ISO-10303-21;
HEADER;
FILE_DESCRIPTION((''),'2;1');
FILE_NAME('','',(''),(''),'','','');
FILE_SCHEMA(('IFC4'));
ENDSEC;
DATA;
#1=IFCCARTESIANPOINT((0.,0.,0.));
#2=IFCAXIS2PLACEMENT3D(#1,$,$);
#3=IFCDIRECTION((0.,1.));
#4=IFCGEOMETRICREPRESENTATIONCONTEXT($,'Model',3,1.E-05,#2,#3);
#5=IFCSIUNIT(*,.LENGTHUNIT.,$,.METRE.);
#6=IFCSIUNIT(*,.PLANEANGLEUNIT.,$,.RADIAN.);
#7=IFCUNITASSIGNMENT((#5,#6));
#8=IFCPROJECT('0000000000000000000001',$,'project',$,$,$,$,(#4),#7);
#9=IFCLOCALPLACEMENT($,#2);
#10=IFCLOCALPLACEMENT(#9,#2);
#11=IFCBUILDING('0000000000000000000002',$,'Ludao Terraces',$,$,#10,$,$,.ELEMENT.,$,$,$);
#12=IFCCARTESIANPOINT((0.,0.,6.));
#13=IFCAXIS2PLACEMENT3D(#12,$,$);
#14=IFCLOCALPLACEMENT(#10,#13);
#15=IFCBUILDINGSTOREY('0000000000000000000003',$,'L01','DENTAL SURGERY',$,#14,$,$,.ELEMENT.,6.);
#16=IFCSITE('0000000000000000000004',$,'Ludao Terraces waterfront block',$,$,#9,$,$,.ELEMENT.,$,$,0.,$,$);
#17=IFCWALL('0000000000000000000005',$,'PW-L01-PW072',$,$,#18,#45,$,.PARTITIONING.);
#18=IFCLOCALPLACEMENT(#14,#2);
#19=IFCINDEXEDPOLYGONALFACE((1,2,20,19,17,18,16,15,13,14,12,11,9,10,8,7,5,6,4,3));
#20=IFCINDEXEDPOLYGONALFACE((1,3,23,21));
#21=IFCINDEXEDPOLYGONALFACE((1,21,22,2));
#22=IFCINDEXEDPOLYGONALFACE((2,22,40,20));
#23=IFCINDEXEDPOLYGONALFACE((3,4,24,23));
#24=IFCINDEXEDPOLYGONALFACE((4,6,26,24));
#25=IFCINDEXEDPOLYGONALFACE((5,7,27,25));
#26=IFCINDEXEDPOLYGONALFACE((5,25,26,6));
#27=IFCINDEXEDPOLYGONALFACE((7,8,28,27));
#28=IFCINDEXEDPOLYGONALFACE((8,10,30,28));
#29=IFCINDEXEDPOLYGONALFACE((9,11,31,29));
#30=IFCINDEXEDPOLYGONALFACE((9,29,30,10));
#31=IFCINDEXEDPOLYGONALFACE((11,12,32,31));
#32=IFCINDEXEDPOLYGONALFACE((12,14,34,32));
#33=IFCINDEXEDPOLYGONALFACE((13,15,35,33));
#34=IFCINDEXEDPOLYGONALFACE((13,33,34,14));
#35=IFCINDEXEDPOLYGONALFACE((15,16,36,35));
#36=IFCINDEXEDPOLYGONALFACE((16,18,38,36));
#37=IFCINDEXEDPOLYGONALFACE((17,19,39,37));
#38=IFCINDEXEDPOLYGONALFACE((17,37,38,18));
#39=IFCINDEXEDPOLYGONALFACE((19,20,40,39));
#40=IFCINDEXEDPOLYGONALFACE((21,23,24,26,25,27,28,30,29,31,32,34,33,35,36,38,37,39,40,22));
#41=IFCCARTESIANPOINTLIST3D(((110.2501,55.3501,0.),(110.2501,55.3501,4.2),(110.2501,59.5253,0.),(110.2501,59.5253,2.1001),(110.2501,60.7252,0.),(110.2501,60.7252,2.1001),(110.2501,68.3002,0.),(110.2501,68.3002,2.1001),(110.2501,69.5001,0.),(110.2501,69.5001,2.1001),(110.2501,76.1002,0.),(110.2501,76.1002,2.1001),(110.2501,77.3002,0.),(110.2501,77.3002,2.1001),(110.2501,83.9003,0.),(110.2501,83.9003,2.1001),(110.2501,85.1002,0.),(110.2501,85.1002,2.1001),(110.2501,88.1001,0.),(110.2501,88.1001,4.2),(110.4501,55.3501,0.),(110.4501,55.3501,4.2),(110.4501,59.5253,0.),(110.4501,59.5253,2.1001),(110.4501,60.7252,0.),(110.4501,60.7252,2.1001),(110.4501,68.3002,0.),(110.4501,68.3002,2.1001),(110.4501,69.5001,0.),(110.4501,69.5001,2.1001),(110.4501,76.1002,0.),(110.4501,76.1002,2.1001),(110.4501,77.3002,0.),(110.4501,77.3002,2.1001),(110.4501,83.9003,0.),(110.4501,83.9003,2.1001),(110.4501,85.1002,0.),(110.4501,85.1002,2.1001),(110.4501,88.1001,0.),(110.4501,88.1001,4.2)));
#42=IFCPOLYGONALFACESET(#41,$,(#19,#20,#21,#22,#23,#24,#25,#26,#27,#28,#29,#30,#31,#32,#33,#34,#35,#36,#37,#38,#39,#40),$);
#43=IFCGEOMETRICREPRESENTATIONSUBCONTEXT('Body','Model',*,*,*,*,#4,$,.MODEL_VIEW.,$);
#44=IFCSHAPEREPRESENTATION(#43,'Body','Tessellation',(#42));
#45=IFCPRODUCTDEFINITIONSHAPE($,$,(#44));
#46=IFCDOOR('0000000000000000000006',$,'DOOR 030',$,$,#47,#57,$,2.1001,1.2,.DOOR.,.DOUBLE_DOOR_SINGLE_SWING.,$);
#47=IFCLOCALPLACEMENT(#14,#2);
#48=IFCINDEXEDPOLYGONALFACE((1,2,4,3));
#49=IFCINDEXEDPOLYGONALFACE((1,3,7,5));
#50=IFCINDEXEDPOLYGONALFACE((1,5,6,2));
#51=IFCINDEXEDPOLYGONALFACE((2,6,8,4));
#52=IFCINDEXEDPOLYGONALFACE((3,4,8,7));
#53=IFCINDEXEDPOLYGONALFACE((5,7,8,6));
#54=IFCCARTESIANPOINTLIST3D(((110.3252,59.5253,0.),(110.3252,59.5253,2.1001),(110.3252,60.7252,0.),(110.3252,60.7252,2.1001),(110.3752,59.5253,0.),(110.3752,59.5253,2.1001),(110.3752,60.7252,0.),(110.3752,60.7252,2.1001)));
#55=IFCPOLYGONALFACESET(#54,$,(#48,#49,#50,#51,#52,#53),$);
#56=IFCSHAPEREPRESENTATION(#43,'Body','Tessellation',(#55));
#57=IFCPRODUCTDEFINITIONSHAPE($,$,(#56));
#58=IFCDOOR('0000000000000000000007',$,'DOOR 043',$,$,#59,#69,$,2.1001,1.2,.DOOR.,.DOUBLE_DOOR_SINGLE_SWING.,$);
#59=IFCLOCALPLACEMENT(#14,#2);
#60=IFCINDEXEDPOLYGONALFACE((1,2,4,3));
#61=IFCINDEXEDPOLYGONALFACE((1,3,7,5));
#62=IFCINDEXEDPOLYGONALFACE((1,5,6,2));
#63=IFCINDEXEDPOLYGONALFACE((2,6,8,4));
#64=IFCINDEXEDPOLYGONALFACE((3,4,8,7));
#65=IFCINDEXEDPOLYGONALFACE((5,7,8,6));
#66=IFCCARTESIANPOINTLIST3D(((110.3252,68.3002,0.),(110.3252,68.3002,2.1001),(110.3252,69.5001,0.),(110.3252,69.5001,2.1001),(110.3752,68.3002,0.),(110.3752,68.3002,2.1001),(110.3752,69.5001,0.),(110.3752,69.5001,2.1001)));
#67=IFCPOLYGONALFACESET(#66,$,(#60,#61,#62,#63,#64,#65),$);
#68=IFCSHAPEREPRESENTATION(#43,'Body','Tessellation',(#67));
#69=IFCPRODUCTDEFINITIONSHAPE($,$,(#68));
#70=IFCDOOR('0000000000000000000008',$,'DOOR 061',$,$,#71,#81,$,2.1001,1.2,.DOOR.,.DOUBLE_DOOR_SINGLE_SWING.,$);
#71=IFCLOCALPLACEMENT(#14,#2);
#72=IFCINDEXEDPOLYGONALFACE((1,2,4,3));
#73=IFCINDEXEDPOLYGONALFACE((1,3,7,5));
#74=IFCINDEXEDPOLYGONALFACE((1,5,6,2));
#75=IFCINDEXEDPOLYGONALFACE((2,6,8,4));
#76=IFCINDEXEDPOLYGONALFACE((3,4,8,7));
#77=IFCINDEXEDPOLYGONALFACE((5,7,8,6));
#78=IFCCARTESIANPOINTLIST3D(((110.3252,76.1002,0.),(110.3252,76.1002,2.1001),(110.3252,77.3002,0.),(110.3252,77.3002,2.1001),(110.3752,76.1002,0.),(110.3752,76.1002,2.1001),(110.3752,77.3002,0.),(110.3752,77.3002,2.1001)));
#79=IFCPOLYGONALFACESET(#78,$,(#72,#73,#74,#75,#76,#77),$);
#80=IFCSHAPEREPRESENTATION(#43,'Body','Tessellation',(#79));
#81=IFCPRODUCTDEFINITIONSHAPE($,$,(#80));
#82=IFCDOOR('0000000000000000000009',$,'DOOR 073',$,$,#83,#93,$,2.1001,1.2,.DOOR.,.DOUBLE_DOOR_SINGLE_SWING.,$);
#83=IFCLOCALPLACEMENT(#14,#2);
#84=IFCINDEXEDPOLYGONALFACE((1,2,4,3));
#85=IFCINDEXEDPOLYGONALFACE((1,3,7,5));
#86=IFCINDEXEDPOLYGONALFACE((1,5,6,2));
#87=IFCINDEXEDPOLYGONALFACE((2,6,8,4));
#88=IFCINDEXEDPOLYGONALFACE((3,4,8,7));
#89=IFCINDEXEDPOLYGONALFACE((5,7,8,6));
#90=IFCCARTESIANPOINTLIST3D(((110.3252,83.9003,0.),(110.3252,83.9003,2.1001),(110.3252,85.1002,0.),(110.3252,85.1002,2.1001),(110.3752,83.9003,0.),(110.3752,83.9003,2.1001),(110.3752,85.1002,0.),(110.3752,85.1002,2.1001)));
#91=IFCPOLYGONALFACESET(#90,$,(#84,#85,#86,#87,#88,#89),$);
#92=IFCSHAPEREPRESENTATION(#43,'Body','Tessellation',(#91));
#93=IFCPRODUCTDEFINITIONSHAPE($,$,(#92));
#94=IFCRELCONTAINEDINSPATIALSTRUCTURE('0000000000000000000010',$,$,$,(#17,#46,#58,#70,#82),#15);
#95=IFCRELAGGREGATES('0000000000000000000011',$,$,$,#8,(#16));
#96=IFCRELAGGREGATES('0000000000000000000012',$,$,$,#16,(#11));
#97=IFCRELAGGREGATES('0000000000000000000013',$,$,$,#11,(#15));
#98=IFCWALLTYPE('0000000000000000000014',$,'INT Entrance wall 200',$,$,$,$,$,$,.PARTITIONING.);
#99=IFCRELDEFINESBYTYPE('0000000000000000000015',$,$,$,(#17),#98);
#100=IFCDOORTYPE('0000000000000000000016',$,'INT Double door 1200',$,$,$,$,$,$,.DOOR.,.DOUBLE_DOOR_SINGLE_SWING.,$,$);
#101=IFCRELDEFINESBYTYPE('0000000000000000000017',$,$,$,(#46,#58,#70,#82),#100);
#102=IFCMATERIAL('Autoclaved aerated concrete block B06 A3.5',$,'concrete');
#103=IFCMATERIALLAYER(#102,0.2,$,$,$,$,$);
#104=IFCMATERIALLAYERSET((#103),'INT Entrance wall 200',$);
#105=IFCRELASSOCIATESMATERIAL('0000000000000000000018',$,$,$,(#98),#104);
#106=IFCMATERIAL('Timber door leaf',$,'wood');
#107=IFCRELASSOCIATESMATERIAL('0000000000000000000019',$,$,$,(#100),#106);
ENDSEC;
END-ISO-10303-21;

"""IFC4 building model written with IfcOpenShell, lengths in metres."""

from ifc_helpers import new_model, si_unit, direction, frame, frame_2d, origin, place, context, subcontext, project, spatial, rectangle, extrude, material, layer, layer_set, type_object, element, fill, save


model = new_model("IFC4")

# Units and contexts
model_context = context("Model", 3, precision=1e-05, world=origin(), true_north=direction((0.0, 1.0)))
body_context = subcontext(model_context, "Body", "Model", "MODEL_VIEW")
ifc_project = project(units=[si_unit("LENGTHUNIT", "METRE"), si_unit("PLANEANGLEUNIT", "RADIAN")], contexts=[model_context])

# Site, building, storey
site_placement = place(None, origin())
site = spatial("IfcSite", under=ifc_project, at=site_placement, Name="Ludao Terraces waterfront block", CompositionType="ELEMENT", RefElevation=0.0)
building_placement = place(site_placement, origin())
building = spatial("IfcBuilding", under=site, at=building_placement, Name="Ludao Terraces", CompositionType="ELEMENT")
storey_placement = place(building_placement, frame((0.0, 0.0, 6.0)))
storey = spatial("IfcBuildingStorey", under=building, at=storey_placement, Name="L01", Description="DENTAL SURGERY", CompositionType="ELEMENT", Elevation=6.0)

# Shared definitions
ifc_material_1 = material(Name="Autoclaved aerated concrete block B06 A3.5", Category="concrete")
ifc_layer_1 = layer(ifc_material_1, 0.2)
ifc_layer_set_1 = layer_set([ifc_layer_1], Name="INT Entrance wall 200")
wall_type_1 = type_object("IfcWallType", Name="INT Entrance wall 200", PredefinedType="PARTITIONING", material=ifc_layer_set_1)

# Wall, openings, doors
wall_1_placement = place(storey_placement, frame((110.3501, 55.3501, 0.0), z_axis=(0.0, 0.0, 1.0), x_axis=(0.0, 1.0, 0.0)))
wall_1 = element("IfcWall", 1, at=wall_1_placement, inside=storey, type_object=wall_type_1, Name="PW-L01-PW072", PredefinedType="PARTITIONING", context=body_context, shape_type="SweptSolid", body=[
    extrude(rectangle(XDim=32.75, YDim=0.2, at=frame_2d((16.375, 0.0))), origin(), (0.0, 0.0, 1.0), 4.2),
])
opening_1_placement = place(wall_1_placement, frame((4.175, 0.0, 0.0)))
opening_1 = element("IfcOpeningElement", 2, at=opening_1_placement, cuts=wall_1, PredefinedType="OPENING", context=body_context, shape_type="SweptSolid", body=[
    extrude(rectangle(XDim=1.2, YDim=2.1001, at=frame_2d((0.6001, 1.05))), frame((0.0, 0.1099, 0.0), z_axis=(0.0, -1.0, 0.0), x_axis=(1.0, 0.0, 0.0)), (0.0, 0.0, 1.0), 0.22),
])
opening_2_placement = place(wall_1_placement, frame((12.95, 0.0, 0.0)))
opening_2 = element("IfcOpeningElement", 3, at=opening_2_placement, cuts=wall_1, PredefinedType="OPENING", context=body_context, shape_type="SweptSolid", body=[
    extrude(rectangle(XDim=1.2, YDim=2.1001, at=frame_2d((0.6001, 1.05))), frame((0.0, 0.1099, 0.0), z_axis=(0.0, -1.0, 0.0), x_axis=(1.0, 0.0, 0.0)), (0.0, 0.0, 1.0), 0.22),
])
opening_3_placement = place(wall_1_placement, frame((20.75, 0.0, 0.0)))
opening_3 = element("IfcOpeningElement", 4, at=opening_3_placement, cuts=wall_1, PredefinedType="OPENING", context=body_context, shape_type="SweptSolid", body=[
    extrude(rectangle(XDim=1.2, YDim=2.1001, at=frame_2d((0.6001, 1.05))), frame((0.0, 0.1099, 0.0), z_axis=(0.0, -1.0, 0.0), x_axis=(1.0, 0.0, 0.0)), (0.0, 0.0, 1.0), 0.22),
])
opening_4_placement = place(wall_1_placement, frame((28.55, 0.0, 0.0)))
opening_4 = element("IfcOpeningElement", 5, at=opening_4_placement, cuts=wall_1, PredefinedType="OPENING", context=body_context, shape_type="SweptSolid", body=[
    extrude(rectangle(XDim=1.2, YDim=2.1001, at=frame_2d((0.6001, 1.05))), frame((0.0, 0.1099, 0.0), z_axis=(0.0, -1.0, 0.0), x_axis=(1.0, 0.0, 0.0)), (0.0, 0.0, 1.0), 0.22),
])
ifc_material_2 = material(Name="Timber door leaf", Category="wood")
door_type = type_object("IfcDoorType", Name="INT Double door 1200", OperationType="DOUBLE_DOOR_SINGLE_SWING", PredefinedType="DOOR", material=ifc_material_2)
door_1_placement = place(opening_1_placement, origin())
door_1 = element("IfcDoor", 6, at=door_1_placement, inside=storey, type_object=door_type, Name="DOOR 030", OperationType="DOUBLE_DOOR_SINGLE_SWING", OverallHeight=2.1001, OverallWidth=1.2, PredefinedType="DOOR", context=body_context, shape_type="SweptSolid", body=[
    extrude(rectangle(XDim=1.2, YDim=2.1001, at=frame_2d((0.6001, 1.05))), frame((0.0, 0.0249, 0.0), z_axis=(0.0, -1.0, 0.0), x_axis=(1.0, 0.0, 0.0)), (0.0, 0.0, 1.0), 0.05),
])
fill(opening_1, door_1)
door_2_placement = place(opening_2_placement, origin())
door_2 = element("IfcDoor", 7, at=door_2_placement, inside=storey, type_object=door_type, Name="DOOR 043", OperationType="DOUBLE_DOOR_SINGLE_SWING", OverallHeight=2.1001, OverallWidth=1.2, PredefinedType="DOOR", context=body_context, shape_type="SweptSolid", body=[
    extrude(rectangle(XDim=1.2, YDim=2.1001, at=frame_2d((0.6001, 1.05))), frame((0.0, 0.0249, 0.0), z_axis=(0.0, -1.0, 0.0), x_axis=(1.0, 0.0, 0.0)), (0.0, 0.0, 1.0), 0.05),
])
fill(opening_2, door_2)
door_3_placement = place(opening_3_placement, origin())
door_3 = element("IfcDoor", 8, at=door_3_placement, inside=storey, type_object=door_type, Name="DOOR 061", OperationType="DOUBLE_DOOR_SINGLE_SWING", OverallHeight=2.1001, OverallWidth=1.2, PredefinedType="DOOR", context=body_context, shape_type="SweptSolid", body=[
    extrude(rectangle(XDim=1.2, YDim=2.1001, at=frame_2d((0.6001, 1.05))), frame((0.0, 0.0249, 0.0), z_axis=(0.0, -1.0, 0.0), x_axis=(1.0, 0.0, 0.0)), (0.0, 0.0, 1.0), 0.05),
])
fill(opening_3, door_3)
door_4_placement = place(opening_4_placement, origin())
door_4 = element("IfcDoor", 9, at=door_4_placement, inside=storey, type_object=door_type, Name="DOOR 073", OperationType="DOUBLE_DOOR_SINGLE_SWING", OverallHeight=2.1001, OverallWidth=1.2, PredefinedType="DOOR", context=body_context, shape_type="SweptSolid", body=[
    extrude(rectangle(XDim=1.2, YDim=2.1001, at=frame_2d((0.6001, 1.05))), frame((0.0, 0.0249, 0.0), z_axis=(0.0, -1.0, 0.0), x_axis=(1.0, 0.0, 0.0)), (0.0, 0.0, 1.0), 0.05),
])
fill(opening_4, door_4)

save(model, "model.ifc")
